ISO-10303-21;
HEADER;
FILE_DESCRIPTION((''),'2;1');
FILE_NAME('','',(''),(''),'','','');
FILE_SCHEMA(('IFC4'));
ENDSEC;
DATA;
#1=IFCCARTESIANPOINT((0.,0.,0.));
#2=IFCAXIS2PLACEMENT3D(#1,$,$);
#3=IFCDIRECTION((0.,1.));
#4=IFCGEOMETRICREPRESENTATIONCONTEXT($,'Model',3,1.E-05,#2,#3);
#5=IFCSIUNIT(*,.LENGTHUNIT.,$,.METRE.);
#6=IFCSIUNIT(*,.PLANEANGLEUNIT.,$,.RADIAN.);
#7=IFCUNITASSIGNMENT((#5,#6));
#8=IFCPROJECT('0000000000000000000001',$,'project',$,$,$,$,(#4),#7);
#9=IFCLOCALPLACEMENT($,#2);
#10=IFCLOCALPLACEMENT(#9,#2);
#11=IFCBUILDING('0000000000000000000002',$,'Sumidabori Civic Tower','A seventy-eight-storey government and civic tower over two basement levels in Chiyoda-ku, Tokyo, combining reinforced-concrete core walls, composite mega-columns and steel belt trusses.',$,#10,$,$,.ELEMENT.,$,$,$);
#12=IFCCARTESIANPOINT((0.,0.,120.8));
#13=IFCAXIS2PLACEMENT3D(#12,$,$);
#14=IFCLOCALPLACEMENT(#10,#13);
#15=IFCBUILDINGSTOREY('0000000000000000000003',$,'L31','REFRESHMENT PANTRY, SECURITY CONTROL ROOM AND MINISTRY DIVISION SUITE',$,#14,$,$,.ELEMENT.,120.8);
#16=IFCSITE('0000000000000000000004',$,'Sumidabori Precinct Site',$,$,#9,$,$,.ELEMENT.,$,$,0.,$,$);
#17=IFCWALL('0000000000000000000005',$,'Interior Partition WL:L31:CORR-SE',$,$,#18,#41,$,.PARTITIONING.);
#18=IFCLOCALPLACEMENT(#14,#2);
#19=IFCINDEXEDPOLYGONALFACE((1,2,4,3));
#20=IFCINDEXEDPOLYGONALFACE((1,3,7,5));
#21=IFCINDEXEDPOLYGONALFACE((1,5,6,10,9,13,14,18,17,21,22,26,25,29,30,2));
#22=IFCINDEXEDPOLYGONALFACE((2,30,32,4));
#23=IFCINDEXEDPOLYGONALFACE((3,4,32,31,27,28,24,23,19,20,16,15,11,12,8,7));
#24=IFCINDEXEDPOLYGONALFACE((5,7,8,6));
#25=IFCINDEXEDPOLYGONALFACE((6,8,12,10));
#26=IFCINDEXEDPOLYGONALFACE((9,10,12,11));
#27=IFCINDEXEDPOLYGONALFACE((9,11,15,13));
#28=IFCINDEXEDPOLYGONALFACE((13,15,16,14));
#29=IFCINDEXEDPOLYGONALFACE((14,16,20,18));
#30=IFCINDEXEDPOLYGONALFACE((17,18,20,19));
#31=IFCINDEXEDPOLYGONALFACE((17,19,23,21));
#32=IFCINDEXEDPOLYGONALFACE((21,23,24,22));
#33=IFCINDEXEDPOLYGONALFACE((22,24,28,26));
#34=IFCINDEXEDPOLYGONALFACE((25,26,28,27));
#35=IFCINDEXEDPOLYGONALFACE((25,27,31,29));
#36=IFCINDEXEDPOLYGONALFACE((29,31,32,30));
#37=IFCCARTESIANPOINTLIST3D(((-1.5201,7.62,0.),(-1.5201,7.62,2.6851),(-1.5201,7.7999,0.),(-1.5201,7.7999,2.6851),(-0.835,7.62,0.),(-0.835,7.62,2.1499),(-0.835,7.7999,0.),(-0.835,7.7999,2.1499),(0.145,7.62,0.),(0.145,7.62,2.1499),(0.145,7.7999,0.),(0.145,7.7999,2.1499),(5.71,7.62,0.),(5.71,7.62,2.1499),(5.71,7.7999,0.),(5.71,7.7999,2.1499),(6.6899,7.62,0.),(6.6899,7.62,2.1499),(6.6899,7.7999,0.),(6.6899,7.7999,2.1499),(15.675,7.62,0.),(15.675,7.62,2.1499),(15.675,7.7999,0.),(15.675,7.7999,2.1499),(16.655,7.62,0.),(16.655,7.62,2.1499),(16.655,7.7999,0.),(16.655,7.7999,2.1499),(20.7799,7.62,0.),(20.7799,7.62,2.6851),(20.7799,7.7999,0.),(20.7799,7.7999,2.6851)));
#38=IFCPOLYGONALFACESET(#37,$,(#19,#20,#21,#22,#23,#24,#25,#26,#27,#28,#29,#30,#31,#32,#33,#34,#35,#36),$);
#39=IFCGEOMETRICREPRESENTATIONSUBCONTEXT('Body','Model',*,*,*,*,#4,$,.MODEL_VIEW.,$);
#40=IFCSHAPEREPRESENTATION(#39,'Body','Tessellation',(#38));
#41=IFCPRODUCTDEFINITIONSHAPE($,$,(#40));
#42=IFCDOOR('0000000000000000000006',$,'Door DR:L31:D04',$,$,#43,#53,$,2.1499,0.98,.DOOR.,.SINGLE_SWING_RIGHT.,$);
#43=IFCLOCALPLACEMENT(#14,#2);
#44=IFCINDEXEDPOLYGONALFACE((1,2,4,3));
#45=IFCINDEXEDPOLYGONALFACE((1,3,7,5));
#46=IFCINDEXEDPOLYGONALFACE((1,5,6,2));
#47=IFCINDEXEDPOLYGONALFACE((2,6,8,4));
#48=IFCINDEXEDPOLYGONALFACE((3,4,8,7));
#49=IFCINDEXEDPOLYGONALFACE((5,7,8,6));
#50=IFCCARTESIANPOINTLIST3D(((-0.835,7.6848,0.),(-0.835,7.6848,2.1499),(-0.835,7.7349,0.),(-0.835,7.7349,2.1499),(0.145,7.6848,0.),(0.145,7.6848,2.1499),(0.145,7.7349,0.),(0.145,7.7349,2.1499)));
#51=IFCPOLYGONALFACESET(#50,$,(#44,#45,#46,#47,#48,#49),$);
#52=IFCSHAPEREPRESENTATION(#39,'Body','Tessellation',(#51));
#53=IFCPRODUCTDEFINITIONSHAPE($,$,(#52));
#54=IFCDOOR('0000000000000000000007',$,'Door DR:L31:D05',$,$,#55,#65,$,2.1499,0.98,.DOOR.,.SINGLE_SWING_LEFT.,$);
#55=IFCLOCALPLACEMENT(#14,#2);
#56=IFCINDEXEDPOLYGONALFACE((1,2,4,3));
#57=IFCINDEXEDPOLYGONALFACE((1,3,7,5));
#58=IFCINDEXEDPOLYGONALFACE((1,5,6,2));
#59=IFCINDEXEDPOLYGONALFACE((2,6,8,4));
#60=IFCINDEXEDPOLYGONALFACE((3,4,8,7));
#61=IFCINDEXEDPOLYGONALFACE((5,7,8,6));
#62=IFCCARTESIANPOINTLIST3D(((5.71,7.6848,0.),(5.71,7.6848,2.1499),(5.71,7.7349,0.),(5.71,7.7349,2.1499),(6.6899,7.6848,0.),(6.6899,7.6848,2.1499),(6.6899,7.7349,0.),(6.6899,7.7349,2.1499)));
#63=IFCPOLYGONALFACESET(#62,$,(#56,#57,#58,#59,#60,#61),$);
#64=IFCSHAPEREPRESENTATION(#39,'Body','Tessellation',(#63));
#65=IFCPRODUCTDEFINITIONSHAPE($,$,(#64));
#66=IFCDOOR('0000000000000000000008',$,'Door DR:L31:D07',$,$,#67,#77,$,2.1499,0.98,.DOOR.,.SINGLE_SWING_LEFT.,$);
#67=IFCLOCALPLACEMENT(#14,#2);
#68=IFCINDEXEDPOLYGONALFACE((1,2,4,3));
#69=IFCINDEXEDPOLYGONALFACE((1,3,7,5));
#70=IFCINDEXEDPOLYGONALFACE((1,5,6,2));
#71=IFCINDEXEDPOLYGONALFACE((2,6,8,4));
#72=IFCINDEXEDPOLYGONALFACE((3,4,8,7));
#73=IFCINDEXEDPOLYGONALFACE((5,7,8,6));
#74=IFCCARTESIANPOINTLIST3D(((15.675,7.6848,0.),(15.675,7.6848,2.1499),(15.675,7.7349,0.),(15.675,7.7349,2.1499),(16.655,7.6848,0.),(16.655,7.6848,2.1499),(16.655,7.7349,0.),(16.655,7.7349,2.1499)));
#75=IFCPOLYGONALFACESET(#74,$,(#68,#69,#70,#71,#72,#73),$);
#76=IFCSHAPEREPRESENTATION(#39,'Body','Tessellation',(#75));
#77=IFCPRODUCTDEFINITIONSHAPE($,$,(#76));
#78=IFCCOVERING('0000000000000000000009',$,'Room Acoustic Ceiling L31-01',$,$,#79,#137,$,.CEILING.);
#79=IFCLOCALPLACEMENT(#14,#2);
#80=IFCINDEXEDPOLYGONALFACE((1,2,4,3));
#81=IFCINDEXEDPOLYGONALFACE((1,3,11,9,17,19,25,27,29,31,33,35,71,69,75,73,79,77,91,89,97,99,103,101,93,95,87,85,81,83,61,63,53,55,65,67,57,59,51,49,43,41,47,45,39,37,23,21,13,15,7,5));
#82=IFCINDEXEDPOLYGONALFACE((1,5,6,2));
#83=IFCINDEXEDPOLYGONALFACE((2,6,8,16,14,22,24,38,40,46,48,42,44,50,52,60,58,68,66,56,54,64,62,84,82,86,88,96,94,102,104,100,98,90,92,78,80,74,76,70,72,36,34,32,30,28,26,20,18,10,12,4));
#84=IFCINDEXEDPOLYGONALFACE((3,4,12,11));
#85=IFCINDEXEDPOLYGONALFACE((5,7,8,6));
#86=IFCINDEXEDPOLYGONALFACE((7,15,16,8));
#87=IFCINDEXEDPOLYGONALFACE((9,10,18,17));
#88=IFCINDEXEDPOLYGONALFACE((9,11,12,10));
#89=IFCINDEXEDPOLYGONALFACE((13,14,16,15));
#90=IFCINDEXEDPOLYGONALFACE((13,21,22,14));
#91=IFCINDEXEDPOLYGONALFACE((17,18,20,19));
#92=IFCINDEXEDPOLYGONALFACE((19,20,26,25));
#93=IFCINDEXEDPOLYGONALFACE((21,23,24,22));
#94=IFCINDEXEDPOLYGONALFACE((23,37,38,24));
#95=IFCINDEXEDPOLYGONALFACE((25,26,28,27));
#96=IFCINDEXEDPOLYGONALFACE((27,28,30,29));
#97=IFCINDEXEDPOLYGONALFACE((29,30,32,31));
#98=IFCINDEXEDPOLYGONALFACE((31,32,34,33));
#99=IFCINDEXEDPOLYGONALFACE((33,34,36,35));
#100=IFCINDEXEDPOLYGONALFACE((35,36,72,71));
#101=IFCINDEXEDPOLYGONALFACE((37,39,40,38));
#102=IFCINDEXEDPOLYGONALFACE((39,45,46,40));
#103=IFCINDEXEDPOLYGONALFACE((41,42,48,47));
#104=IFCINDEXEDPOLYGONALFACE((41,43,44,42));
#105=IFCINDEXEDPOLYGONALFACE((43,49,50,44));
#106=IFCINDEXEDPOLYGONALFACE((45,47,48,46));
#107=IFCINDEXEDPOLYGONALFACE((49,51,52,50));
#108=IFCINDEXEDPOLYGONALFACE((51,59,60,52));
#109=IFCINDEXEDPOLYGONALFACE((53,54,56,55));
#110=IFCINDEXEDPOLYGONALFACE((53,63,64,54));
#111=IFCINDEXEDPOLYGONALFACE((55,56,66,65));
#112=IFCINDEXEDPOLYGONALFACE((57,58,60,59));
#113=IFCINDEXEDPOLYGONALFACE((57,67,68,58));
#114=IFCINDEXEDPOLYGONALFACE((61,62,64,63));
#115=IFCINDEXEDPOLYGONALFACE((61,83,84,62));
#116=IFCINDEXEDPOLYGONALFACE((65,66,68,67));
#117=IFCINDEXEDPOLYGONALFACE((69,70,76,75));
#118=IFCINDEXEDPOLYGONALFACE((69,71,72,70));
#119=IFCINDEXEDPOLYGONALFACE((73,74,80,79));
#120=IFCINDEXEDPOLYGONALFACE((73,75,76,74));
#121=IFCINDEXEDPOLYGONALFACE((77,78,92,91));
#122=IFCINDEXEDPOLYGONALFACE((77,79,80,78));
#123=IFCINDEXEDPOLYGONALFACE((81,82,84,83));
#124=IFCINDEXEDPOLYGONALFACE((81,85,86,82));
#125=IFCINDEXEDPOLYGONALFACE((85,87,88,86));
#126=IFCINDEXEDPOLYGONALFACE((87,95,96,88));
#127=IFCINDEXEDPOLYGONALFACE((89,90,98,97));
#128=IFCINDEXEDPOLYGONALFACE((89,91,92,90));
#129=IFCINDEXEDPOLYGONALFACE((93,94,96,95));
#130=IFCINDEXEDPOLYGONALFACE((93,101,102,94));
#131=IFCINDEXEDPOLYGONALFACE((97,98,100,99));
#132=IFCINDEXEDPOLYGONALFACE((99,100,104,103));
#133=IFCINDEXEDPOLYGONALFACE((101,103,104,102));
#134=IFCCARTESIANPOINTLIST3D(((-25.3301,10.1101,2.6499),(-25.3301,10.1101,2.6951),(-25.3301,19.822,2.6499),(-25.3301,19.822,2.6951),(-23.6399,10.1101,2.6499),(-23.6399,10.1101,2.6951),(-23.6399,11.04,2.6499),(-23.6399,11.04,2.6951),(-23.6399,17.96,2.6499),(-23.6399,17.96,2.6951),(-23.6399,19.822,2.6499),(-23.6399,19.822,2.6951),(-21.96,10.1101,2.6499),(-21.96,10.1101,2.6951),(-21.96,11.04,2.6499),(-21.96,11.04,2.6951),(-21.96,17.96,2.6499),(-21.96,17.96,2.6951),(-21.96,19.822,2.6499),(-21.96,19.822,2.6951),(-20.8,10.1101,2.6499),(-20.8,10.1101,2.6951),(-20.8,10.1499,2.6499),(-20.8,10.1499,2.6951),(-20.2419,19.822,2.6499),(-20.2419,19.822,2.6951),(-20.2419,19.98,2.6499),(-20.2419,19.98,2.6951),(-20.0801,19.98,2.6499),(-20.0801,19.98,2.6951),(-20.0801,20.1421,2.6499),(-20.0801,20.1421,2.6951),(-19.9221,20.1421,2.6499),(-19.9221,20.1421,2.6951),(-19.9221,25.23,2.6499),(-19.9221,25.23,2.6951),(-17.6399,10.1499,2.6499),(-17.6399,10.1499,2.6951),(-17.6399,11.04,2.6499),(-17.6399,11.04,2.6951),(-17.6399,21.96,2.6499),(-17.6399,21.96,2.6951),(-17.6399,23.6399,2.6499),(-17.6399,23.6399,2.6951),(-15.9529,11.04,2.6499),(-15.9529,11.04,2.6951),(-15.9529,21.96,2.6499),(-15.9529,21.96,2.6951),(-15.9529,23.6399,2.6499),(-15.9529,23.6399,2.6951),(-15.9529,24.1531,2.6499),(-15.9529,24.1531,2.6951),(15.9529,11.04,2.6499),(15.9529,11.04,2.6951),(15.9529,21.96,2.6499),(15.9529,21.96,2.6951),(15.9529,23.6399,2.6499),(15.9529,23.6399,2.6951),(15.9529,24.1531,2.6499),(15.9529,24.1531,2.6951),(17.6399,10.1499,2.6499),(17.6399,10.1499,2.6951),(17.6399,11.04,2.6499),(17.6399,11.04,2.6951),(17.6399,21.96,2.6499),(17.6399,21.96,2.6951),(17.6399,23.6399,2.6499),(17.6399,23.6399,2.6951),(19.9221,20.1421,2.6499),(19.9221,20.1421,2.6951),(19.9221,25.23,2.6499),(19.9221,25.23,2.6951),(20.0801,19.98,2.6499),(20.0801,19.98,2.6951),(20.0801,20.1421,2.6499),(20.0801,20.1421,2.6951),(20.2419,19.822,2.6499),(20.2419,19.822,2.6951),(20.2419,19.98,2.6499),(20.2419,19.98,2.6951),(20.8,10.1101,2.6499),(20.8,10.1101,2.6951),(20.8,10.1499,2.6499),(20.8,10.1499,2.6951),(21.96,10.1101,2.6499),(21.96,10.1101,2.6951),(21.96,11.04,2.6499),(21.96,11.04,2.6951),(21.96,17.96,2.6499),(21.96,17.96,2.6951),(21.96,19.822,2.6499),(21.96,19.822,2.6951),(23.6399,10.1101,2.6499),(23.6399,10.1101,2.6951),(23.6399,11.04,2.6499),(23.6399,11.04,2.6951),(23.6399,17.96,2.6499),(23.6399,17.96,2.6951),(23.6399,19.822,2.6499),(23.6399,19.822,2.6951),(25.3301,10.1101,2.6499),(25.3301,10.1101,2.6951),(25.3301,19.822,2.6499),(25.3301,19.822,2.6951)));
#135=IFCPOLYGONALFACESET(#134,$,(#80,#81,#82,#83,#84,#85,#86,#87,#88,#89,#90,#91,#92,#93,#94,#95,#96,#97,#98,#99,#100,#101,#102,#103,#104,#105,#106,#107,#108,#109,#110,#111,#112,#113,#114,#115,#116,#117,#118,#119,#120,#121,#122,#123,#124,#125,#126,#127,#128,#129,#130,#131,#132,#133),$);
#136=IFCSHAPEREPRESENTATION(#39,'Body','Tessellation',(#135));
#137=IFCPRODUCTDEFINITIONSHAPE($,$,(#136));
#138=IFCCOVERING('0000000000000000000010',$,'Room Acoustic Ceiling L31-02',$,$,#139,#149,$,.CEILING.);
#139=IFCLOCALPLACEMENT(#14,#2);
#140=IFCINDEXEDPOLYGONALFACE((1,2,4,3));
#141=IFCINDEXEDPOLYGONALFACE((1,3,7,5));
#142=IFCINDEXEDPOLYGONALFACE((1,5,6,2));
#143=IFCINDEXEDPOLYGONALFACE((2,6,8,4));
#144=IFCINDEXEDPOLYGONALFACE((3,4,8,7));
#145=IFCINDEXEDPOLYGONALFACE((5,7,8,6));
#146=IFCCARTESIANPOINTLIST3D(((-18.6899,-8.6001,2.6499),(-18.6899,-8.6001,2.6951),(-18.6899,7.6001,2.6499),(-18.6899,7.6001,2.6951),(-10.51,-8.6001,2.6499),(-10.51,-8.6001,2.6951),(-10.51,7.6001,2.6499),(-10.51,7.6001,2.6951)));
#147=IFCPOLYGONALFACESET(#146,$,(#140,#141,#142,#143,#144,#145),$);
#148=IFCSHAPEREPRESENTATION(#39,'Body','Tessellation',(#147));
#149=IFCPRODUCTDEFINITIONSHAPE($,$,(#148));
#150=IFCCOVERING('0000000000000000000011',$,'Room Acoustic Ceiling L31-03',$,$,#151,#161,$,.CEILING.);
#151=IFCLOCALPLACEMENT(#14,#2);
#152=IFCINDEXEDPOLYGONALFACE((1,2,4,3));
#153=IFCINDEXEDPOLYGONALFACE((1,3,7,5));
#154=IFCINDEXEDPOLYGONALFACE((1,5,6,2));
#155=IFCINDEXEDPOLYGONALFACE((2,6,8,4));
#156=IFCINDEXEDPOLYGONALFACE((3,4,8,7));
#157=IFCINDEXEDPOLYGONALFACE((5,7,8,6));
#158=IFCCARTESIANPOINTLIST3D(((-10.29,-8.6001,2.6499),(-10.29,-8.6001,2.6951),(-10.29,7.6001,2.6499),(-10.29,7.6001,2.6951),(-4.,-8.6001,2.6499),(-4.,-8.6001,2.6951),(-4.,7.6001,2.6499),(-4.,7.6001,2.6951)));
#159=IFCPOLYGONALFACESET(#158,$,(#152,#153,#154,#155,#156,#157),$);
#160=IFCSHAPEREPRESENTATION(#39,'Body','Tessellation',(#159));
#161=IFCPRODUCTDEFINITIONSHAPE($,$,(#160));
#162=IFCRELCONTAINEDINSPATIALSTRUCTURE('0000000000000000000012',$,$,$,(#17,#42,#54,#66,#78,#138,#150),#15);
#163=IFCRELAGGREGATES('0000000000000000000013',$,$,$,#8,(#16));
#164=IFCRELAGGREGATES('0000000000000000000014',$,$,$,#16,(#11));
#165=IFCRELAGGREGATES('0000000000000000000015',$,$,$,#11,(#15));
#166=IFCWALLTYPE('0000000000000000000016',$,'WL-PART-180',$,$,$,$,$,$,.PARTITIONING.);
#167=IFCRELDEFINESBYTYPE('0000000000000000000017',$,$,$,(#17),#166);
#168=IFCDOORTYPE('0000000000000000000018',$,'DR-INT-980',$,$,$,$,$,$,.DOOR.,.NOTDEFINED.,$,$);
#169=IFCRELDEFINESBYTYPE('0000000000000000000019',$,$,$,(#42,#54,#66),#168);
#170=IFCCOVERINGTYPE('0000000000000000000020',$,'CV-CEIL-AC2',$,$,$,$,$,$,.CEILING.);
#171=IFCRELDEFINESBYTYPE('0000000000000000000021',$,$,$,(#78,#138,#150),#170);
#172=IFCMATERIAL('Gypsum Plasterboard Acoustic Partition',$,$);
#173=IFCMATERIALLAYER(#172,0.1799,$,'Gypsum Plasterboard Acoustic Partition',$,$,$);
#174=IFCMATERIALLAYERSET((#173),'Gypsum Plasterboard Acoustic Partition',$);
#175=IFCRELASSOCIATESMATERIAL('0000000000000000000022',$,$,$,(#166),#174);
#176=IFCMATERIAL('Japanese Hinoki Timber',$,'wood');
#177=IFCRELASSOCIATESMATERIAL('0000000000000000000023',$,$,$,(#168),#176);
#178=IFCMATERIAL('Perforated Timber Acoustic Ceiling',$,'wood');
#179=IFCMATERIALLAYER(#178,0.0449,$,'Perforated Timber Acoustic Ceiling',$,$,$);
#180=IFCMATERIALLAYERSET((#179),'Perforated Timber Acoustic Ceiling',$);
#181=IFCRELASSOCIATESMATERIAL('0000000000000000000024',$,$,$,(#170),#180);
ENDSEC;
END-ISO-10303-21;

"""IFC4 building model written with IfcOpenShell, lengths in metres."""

from ifc_helpers import new_model, si_unit, direction, frame, frame_2d, origin, place, context, subcontext, project, spatial, polyline, rectangle, outline, extrude, source, transform, mapped, material, layer, layer_set, type_object, element, fill, save


model = new_model("IFC4")

# Units and contexts
model_context = context("Model", 3, precision=1e-05, world=origin(), true_north=direction((0.0, 1.0)))
body_context = subcontext(model_context, "Body", "Model", "MODEL_VIEW")
ifc_project = project(units=[si_unit("LENGTHUNIT", "METRE"), si_unit("PLANEANGLEUNIT", "RADIAN")], contexts=[model_context])

# Site, building, storey
site_placement = place(None, origin())
site = spatial("IfcSite", under=ifc_project, at=site_placement, Name="Sumidabori Precinct Site", CompositionType="ELEMENT", RefElevation=0.0)
building_placement = place(site_placement, origin())
building = spatial("IfcBuilding", under=site, at=building_placement, Name="Sumidabori Civic Tower", Description="A seventy-eight-storey government and civic tower over two basement levels in Chiyoda-ku, Tokyo, combining reinforced-concrete core walls, composite mega-columns and steel belt trusses.", CompositionType="ELEMENT")
storey_placement = place(building_placement, frame((0.0, 0.0, 120.8)))
storey = spatial("IfcBuildingStorey", under=building, at=storey_placement, Name="L31", Description="REFRESHMENT PANTRY, SECURITY CONTROL ROOM AND MINISTRY DIVISION SUITE", CompositionType="ELEMENT", Elevation=120.8)

# Shared definitions
ifc_material_1 = material(Name="Japanese Hinoki Timber", Category="wood")

# Shared definitions
ifc_material_2 = material(Name="Gypsum Plasterboard Acoustic Partition")

# Wall, openings, doors
ifc_layer_1 = layer(ifc_material_2, 0.1799, Name="Gypsum Plasterboard Acoustic Partition")
ifc_layer_set_1 = layer_set([ifc_layer_1], Name="Gypsum Plasterboard Acoustic Partition")
wall_type_1 = type_object("IfcWallType", Name="WL-PART-180", PredefinedType="PARTITIONING", material=ifc_layer_set_1)
shared_shape_1 = source(origin(), body_context, "Body", "SweptSolid", [
    extrude(rectangle(XDim=22.3, YDim=0.1799, at=frame_2d((11.1499, 0.0))), origin(), (0.0, 0.0, 1.0), 2.6851),
])
wall_1_placement = place(storey_placement, frame((-1.52, 7.71, 0.0), z_axis=(0.0, 0.0, 1.0), x_axis=(1.0, 0.0, 0.0)))
wall_1 = element("IfcWall", 1, at=wall_1_placement, inside=storey, type_object=wall_type_1, Name="Interior Partition WL:L31:CORR-SE", PredefinedType="PARTITIONING", context=body_context, shape_type="MappedRepresentation", body=[
    mapped(shared_shape_1, transform((0.0, 0.0, 0.0), x_axis=(1.0, 0.0, 0.0), y_axis=(0.0, 1.0, 0.0), z_axis=(0.0, 0.0, 1.0), scale=1.0)),
])
opening_1_placement = place(wall_1_placement, frame((0.6851, 0.0, 0.0)))
opening_1 = element("IfcOpeningElement", 2, at=opening_1_placement, cuts=wall_1, PredefinedType="OPENING", context=body_context, shape_type="SweptSolid", body=[
    extrude(rectangle(XDim=0.98, YDim=2.1499, at=frame_2d((0.49, 1.075))), frame((0.0, 0.1021, 0.0), z_axis=(0.0, -1.0, 0.0), x_axis=(1.0, 0.0, 0.0)), (0.0, 0.0, 1.0), 0.2039),
])
opening_2_placement = place(wall_1_placement, frame((7.23, 0.0, 0.0)))
opening_2 = element("IfcOpeningElement", 3, at=opening_2_placement, cuts=wall_1, PredefinedType="OPENING", context=body_context, shape_type="SweptSolid", body=[
    extrude(rectangle(XDim=0.98, YDim=2.1499, at=frame_2d((0.49, 1.075))), frame((0.0, 0.1021, 0.0), z_axis=(0.0, -1.0, 0.0), x_axis=(1.0, 0.0, 0.0)), (0.0, 0.0, 1.0), 0.2039),
])
opening_3_placement = place(wall_1_placement, frame((17.1951, 0.0, 0.0)))
opening_3 = element("IfcOpeningElement", 4, at=opening_3_placement, cuts=wall_1, PredefinedType="OPENING", context=body_context, shape_type="SweptSolid", body=[
    extrude(rectangle(XDim=0.98, YDim=2.1499, at=frame_2d((0.49, 1.075))), frame((0.0, 0.1021, 0.0), z_axis=(0.0, -1.0, 0.0), x_axis=(1.0, 0.0, 0.0)), (0.0, 0.0, 1.0), 0.2039),
])
door_type_1 = type_object("IfcDoorType", Name="DR-INT-980", OperationType="NOTDEFINED", PredefinedType="DOOR", material=ifc_material_1)
shared_shape_2 = source(origin(), body_context, "Body", "SweptSolid", [
    extrude(rectangle(XDim=0.98, YDim=2.1499, at=frame_2d((0.49, 1.075))), frame((0.0, 0.0249, 0.0), z_axis=(0.0, -1.0, 0.0), x_axis=(1.0, 0.0, 0.0)), (0.0, 0.0, 1.0), 0.05),
])
door_1_placement = place(opening_1_placement, origin())
door_1 = element("IfcDoor", 5, at=door_1_placement, inside=storey, type_object=door_type_1, Name="Door DR:L31:D04", OperationType="SINGLE_SWING_RIGHT", OverallHeight=2.1499, OverallWidth=0.98, PredefinedType="DOOR", context=body_context, shape_type="MappedRepresentation", body=[
    mapped(shared_shape_2, transform((0.0, 0.0, 0.0), x_axis=(1.0, 0.0, 0.0), y_axis=(0.0, 1.0, 0.0), z_axis=(0.0, 0.0, 1.0), scale=1.0)),
])
fill(opening_1, door_1)
door_2_placement = place(opening_2_placement, origin())
door_2 = element("IfcDoor", 6, at=door_2_placement, inside=storey, type_object=door_type_1, Name="Door DR:L31:D05", OperationType="SINGLE_SWING_LEFT", OverallHeight=2.1499, OverallWidth=0.98, PredefinedType="DOOR", context=body_context, shape_type="MappedRepresentation", body=[
    mapped(shared_shape_2, transform((0.0, 0.0, 0.0), x_axis=(1.0, 0.0, 0.0), y_axis=(0.0, 1.0, 0.0), z_axis=(0.0, 0.0, 1.0), scale=1.0)),
])
fill(opening_2, door_2)
door_3_placement = place(opening_3_placement, origin())
door_3 = element("IfcDoor", 7, at=door_3_placement, inside=storey, type_object=door_type_1, Name="Door DR:L31:D07", OperationType="SINGLE_SWING_LEFT", OverallHeight=2.1499, OverallWidth=0.98, PredefinedType="DOOR", context=body_context, shape_type="MappedRepresentation", body=[
    mapped(shared_shape_2, transform((0.0, 0.0, 0.0), x_axis=(1.0, 0.0, 0.0), y_axis=(0.0, 1.0, 0.0), z_axis=(0.0, 0.0, 1.0), scale=1.0)),
])
fill(opening_3, door_3)

# Coverings
ifc_material_3 = material(Name="Perforated Timber Acoustic Ceiling", Category="wood")
ifc_layer_2 = layer(ifc_material_3, 0.0449, Name="Perforated Timber Acoustic Ceiling")
ifc_layer_set_2 = layer_set([ifc_layer_2], Name="Perforated Timber Acoustic Ceiling")
covering_type_1 = type_object("IfcCoveringType", Name="CV-CEIL-AC2", PredefinedType="CEILING", material=ifc_layer_set_2)
covering_1_placement = place(storey_placement, frame((0.0, 0.0, 2.6499)))
element("IfcCovering", 8, at=covering_1_placement, inside=storey, type_object=covering_type_1, Name="Room Acoustic Ceiling L31-01", PredefinedType="CEILING", context=body_context, shape_type="SweptSolid", body=[
    extrude(outline(polyline([(-23.6399, 17.96), (-21.96, 17.96), (-21.96, 19.822), (-20.2419, 19.822), (-20.2419, 19.98), (-20.0801, 19.98), (-20.0801, 20.1421), (-19.9221, 20.1421), (-19.9221, 25.23), (19.9221, 25.23), (19.9221, 20.1421), (20.0801, 20.1421), (20.0801, 19.98), (20.2419, 19.98), (20.2419, 19.822), (21.96, 19.822), (21.96, 17.96), (23.6399, 17.96), (23.6399, 19.822), (25.3301, 19.822), (25.3301, 10.1101), (23.6399, 10.1101), (23.6399, 11.04), (21.96, 11.04), (21.96, 10.1101), (20.8, 10.1101), (20.8, 10.1499), (17.6399, 10.1499), (17.6399, 11.04), (15.9529, 11.04), (15.9529, 21.96), (17.6399, 21.96), (17.6399, 23.6399), (15.9529, 23.6399), (15.9529, 24.1531), (-15.9529, 24.1531), (-15.9529, 23.6399), (-17.6399, 23.6399), (-17.6399, 21.96), (-15.9529, 21.96), (-15.9529, 11.04), (-17.6399, 11.04), (-17.6399, 10.1499), (-20.8, 10.1499), (-20.8, 10.1101), (-21.96, 10.1101), (-21.96, 11.04), (-23.6399, 11.04), (-23.6399, 10.1101), (-25.3301, 10.1101), (-25.3301, 19.822), (-23.6399, 19.822), (-23.6399, 17.96)])), origin(), (0.0, 0.0, 1.0), 0.0452),
])
covering_2_placement = place(storey_placement, frame((0.0, 0.0, 2.6499)))
element("IfcCovering", 9, at=covering_2_placement, inside=storey, type_object=covering_type_1, Name="Room Acoustic Ceiling L31-02", PredefinedType="CEILING", context=body_context, shape_type="SweptSolid", body=[
    extrude(outline(polyline([(-18.6899, 7.6001), (-10.51, 7.6001), (-10.51, -8.6001), (-18.6899, -8.6001), (-18.6899, 7.6001)])), origin(), (0.0, 0.0, 1.0), 0.0452),
])
covering_3_placement = place(storey_placement, frame((0.0, 0.0, 2.6499)))
element("IfcCovering", 10, at=covering_3_placement, inside=storey, type_object=covering_type_1, Name="Room Acoustic Ceiling L31-03", PredefinedType="CEILING", context=body_context, shape_type="SweptSolid", body=[
    extrude(outline(polyline([(-10.29, 7.6001), (-4.0, 7.6001), (-4.0, -8.6001), (-10.29, -8.6001), (-10.29, 7.6001)])), origin(), (0.0, 0.0, 1.0), 0.0452),
])

save(model, "model.ifc")
